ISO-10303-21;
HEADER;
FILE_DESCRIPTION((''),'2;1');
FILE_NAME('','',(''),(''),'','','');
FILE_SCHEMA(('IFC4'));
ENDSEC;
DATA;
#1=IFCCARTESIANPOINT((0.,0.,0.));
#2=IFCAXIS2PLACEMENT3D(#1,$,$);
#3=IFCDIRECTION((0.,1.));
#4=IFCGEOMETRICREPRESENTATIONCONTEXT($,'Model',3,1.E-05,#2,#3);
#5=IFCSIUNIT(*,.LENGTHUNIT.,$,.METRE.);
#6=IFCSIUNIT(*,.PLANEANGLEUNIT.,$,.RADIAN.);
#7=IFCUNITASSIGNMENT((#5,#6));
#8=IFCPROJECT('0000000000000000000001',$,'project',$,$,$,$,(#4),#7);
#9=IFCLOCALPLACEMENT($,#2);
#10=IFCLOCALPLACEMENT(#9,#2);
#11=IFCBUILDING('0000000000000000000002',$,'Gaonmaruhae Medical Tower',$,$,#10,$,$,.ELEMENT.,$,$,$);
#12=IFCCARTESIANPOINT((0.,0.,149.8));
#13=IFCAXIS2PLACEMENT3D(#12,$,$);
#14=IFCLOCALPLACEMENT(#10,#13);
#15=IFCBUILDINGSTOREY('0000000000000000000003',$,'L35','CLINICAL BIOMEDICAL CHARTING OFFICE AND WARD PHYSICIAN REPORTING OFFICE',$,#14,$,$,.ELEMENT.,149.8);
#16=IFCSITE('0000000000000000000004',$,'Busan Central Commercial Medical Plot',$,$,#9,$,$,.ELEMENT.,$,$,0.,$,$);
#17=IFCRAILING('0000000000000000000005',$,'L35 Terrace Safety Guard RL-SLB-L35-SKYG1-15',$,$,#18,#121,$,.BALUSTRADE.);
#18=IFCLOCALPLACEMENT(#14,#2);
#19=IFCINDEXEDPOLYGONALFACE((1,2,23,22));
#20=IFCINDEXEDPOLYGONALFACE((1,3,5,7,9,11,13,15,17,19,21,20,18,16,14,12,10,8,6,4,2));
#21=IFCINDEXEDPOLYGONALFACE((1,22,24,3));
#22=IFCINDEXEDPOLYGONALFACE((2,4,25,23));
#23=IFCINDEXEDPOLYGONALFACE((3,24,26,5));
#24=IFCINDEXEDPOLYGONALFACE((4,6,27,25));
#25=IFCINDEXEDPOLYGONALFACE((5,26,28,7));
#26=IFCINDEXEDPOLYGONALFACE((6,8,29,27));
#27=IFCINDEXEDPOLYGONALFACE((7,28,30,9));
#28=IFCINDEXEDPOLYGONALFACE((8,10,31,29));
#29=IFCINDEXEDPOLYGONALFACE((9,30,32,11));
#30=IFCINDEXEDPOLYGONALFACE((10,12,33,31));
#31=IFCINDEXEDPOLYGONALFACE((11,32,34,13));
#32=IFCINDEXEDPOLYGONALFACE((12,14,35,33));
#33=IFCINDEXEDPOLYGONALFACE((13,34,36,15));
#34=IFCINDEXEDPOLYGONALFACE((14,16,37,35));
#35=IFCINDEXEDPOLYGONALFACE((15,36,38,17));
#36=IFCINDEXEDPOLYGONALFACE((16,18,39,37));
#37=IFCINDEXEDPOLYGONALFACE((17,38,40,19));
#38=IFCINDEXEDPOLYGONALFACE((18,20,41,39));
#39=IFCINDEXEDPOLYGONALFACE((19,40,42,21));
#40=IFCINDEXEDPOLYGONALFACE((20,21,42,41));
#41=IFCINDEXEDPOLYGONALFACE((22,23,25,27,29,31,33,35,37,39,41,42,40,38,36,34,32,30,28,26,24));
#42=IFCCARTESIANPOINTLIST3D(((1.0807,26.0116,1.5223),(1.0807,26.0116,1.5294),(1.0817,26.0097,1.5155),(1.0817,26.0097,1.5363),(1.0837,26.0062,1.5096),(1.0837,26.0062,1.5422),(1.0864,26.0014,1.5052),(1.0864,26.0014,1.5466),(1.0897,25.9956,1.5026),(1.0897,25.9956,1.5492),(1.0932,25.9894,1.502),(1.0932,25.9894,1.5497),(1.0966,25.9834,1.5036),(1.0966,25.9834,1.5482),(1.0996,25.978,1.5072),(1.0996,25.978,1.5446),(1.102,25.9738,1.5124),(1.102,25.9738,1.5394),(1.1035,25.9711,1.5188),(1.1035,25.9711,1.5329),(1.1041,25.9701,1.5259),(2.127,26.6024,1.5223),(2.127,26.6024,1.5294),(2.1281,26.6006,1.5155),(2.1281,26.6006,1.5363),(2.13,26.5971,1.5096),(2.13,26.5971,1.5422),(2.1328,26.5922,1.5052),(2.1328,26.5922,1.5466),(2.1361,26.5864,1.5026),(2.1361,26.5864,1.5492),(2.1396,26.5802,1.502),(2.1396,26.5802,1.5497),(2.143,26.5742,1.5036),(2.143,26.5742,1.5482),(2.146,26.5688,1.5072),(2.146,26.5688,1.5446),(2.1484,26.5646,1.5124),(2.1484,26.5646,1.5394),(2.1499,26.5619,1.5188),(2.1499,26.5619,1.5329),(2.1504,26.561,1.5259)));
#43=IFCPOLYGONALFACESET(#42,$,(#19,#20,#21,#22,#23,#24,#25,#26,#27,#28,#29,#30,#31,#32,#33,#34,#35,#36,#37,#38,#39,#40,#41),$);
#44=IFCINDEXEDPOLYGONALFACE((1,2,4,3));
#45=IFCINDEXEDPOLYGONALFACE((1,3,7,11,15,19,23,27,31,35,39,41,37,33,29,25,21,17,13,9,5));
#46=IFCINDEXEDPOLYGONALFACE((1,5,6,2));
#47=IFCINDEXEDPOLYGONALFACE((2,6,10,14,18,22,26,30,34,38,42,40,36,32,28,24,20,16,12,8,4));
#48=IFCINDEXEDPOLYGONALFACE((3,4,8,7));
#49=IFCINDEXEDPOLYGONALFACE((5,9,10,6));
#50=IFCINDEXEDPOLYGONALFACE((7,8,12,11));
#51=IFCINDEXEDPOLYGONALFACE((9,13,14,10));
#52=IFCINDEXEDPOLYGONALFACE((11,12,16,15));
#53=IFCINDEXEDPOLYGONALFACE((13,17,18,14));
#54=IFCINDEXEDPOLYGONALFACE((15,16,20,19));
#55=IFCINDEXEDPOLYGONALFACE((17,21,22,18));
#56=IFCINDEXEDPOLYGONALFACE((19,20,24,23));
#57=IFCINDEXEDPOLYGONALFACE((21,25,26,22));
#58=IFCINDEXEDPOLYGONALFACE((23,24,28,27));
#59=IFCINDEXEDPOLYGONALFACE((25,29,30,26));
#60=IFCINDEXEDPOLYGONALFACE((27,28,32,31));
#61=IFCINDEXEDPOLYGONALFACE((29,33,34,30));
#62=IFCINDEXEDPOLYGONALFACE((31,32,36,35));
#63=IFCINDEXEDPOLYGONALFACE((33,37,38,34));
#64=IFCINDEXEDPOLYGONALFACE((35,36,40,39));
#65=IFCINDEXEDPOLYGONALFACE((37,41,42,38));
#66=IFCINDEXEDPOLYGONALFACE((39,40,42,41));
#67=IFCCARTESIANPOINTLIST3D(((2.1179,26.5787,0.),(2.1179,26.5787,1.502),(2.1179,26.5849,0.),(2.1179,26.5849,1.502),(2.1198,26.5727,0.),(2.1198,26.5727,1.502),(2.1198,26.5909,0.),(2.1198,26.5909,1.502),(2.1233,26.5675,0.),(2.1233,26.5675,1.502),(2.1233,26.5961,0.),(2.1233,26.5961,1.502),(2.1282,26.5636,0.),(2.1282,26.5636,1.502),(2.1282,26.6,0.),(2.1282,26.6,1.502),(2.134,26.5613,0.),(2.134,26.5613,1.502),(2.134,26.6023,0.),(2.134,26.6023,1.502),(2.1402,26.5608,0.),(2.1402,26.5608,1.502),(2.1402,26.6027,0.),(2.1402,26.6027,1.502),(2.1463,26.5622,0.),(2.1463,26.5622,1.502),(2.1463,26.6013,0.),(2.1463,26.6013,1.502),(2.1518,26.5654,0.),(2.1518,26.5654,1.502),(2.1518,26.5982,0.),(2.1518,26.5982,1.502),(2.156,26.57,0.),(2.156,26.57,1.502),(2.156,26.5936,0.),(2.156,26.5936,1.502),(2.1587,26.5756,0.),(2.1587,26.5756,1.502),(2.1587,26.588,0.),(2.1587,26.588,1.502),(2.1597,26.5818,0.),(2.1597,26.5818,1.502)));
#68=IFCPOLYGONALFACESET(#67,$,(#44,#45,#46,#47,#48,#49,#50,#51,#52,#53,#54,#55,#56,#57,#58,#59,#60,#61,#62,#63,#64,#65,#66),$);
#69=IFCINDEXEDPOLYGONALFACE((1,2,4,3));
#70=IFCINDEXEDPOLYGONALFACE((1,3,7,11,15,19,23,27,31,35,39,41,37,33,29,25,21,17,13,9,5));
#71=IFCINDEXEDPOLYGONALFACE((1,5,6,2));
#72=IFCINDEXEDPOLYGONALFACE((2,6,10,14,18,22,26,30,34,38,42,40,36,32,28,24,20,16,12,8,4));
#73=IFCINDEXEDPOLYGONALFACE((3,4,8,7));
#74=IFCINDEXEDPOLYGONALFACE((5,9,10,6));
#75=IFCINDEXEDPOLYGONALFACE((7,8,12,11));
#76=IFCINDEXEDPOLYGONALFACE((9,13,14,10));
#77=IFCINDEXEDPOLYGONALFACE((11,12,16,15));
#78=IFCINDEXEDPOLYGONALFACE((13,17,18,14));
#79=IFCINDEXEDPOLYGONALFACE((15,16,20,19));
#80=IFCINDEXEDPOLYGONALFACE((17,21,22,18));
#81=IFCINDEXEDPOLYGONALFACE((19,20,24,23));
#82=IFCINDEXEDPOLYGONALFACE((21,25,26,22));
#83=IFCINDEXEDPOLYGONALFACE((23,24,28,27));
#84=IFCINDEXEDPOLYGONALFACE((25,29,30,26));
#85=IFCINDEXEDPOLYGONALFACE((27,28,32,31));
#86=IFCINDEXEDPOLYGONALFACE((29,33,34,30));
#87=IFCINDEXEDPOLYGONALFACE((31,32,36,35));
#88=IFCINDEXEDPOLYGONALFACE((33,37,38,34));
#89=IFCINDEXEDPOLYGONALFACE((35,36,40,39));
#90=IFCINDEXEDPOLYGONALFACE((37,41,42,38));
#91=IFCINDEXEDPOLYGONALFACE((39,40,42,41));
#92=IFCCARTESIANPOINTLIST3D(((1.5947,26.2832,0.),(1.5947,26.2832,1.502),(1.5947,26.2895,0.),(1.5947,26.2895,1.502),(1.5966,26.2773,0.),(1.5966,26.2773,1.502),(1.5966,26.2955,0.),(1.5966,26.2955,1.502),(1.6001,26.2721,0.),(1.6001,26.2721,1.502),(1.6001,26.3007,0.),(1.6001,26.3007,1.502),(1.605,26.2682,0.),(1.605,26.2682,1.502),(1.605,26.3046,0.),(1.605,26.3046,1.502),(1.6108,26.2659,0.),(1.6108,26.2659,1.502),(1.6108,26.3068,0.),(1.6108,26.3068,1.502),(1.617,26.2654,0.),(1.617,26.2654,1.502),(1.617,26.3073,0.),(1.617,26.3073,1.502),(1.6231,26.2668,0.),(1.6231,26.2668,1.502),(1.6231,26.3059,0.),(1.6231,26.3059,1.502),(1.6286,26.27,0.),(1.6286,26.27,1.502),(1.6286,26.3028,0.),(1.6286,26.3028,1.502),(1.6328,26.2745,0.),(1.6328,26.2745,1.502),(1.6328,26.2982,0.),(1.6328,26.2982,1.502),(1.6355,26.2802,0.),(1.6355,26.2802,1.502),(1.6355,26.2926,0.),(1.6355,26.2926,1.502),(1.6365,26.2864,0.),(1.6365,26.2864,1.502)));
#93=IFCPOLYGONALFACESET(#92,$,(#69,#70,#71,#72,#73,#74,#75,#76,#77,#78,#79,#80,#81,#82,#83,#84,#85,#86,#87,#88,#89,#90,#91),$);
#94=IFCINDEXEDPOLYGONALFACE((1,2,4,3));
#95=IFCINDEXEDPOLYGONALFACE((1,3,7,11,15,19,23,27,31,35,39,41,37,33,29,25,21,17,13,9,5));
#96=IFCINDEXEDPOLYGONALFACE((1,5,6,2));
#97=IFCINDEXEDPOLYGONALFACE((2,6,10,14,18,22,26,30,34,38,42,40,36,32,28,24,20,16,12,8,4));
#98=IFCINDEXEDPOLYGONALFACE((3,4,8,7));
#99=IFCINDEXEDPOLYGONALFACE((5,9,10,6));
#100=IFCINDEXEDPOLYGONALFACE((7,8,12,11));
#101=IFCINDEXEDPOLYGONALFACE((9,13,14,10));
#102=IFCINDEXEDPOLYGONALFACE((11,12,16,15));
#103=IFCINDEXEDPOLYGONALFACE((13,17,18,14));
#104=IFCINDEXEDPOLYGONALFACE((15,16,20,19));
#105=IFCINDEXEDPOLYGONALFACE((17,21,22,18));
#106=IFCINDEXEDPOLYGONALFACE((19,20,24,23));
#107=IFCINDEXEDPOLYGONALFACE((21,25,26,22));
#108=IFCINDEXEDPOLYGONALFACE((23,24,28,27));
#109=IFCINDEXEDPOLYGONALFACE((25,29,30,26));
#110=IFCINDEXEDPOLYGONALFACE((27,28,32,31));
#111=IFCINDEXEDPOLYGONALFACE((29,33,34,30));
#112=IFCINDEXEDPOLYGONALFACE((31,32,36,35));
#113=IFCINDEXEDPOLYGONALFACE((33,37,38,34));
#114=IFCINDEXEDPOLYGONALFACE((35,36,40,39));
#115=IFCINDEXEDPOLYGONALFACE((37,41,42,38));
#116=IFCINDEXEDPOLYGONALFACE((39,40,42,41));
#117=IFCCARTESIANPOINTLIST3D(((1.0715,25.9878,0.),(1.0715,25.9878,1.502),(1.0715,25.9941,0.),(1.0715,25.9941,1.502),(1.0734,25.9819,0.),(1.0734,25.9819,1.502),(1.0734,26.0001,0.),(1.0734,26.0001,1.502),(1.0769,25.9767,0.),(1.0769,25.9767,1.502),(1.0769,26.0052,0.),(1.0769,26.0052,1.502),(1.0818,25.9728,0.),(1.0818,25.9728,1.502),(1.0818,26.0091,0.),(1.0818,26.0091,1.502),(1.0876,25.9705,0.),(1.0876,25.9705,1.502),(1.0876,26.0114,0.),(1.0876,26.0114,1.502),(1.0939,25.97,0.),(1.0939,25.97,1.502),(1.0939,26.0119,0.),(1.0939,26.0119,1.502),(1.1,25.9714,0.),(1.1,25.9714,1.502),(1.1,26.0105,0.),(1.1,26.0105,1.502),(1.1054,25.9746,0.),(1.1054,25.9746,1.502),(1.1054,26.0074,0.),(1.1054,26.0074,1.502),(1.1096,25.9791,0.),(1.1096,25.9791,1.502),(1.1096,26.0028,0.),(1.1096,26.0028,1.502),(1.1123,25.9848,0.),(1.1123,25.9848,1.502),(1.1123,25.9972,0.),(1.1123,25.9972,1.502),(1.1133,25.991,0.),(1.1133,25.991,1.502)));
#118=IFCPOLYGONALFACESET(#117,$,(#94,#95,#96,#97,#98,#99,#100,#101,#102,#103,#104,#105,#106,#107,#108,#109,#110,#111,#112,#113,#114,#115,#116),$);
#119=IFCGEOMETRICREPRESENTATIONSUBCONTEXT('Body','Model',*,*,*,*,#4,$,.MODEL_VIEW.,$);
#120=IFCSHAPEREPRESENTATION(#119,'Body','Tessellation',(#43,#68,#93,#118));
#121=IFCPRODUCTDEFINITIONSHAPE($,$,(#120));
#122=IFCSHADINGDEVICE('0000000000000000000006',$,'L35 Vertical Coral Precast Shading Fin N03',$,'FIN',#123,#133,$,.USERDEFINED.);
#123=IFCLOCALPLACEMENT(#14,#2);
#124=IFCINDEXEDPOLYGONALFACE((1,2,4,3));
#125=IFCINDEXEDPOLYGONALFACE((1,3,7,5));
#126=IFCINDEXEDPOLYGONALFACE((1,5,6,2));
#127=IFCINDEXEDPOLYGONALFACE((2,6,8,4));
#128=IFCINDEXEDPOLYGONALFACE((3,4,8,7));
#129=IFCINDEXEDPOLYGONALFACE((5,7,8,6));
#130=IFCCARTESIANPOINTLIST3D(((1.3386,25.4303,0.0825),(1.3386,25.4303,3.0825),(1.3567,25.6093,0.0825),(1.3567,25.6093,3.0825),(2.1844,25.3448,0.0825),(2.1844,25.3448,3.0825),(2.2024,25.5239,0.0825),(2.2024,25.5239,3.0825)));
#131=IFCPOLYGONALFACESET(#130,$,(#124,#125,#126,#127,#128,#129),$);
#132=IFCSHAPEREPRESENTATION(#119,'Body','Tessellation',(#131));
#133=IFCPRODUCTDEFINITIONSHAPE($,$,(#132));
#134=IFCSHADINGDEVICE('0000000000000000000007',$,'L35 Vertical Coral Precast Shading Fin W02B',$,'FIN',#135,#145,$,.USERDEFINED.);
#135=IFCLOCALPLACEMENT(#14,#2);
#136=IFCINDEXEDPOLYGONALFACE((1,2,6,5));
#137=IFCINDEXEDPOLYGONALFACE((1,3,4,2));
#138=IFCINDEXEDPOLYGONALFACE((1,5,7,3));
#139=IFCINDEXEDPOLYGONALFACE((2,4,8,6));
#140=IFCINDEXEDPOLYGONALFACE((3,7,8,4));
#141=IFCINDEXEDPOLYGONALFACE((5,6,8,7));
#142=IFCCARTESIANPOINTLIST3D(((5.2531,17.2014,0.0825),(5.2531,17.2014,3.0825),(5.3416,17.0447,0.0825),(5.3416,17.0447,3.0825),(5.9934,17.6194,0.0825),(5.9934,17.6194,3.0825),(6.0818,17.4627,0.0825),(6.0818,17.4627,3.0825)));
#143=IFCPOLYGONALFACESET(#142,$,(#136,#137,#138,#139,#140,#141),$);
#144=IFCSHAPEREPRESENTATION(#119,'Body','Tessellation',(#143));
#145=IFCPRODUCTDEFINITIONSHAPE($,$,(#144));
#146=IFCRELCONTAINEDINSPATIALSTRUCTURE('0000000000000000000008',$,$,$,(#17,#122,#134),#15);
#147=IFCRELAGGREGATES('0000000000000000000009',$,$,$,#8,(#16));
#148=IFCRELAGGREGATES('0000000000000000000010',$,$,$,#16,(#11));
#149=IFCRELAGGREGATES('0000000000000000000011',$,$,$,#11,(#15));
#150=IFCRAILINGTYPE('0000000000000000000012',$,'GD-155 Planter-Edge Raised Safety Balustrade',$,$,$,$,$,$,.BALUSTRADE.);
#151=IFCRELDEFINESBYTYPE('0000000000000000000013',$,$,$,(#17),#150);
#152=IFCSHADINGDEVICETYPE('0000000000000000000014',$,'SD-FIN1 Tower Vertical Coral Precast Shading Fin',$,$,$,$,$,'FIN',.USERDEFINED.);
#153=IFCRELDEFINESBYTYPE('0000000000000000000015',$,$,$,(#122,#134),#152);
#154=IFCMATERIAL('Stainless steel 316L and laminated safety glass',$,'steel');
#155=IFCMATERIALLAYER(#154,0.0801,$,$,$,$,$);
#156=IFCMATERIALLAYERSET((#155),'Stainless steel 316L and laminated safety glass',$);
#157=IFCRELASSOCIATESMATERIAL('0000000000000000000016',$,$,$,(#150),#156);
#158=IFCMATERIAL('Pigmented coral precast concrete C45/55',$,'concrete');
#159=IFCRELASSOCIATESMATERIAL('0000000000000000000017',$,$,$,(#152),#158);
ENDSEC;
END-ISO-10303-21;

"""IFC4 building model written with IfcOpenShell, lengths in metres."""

from ifc_helpers import new_model, si_unit, direction, frame, origin, origin_2d, place, context, subcontext, project, spatial, rectangle, circle, extrude, material, layer, layer_set, type_object, element, save


model = new_model("IFC4")

# Units and contexts
model_context = context("Model", 3, precision=1e-05, world=origin(), true_north=direction((0.0, 1.0)))
body_context = subcontext(model_context, "Body", "Model", "MODEL_VIEW")
ifc_project = project(units=[si_unit("LENGTHUNIT", "METRE"), si_unit("PLANEANGLEUNIT", "RADIAN")], contexts=[model_context])

# Site, building, storey
site_placement = place(None, origin())
site = spatial("IfcSite", under=ifc_project, at=site_placement, Name="Busan Central Commercial Medical Plot", CompositionType="ELEMENT", RefElevation=0.0)
building_placement = place(site_placement, origin())
building = spatial("IfcBuilding", under=site, at=building_placement, Name="Gaonmaruhae Medical Tower", CompositionType="ELEMENT")
storey_placement = place(building_placement, frame((0.0, 0.0, 149.8)))
storey = spatial("IfcBuildingStorey", under=building, at=storey_placement, Name="L35", Description="CLINICAL BIOMEDICAL CHARTING OFFICE AND WARD PHYSICIAN REPORTING OFFICE", CompositionType="ELEMENT", Elevation=149.8)

# Railing
ifc_material_1 = material(Name="Stainless steel 316L and laminated safety glass", Category="steel")
ifc_layer_1 = layer(ifc_material_1, 0.0801)
ifc_layer_set_1 = layer_set([ifc_layer_1], Name="Stainless steel 316L and laminated safety glass")
railing_type = type_object("IfcRailingType", Name="GD-155 Planter-Edge Raised Safety Balustrade", PredefinedType="BALUSTRADE", material=ifc_layer_set_1)
railing_1_placement = place(storey_placement, frame((2.1387, 26.5818, 0.0)))
element("IfcRailing", 1, at=railing_1_placement, inside=storey, type_object=railing_type, Name="L35 Terrace Safety Guard RL-SLB-L35-SKYG1-15", PredefinedType="BALUSTRADE", context=body_context, shape_type="SweptSolid", body=[
    extrude(circle(Radius=0.0239, at=origin_2d()), frame((0.0, 0.0, 1.5259), z_axis=(-0.870782, -0.491669, 0.0), x_axis=(0.491669, -0.870782, 0.0)), (0.0, 0.0, 1.0), 1.2017),
    extrude(circle(Radius=0.021, at=origin_2d()), origin(), (0.0, 0.0, 1.0), 1.502),
    extrude(circle(Radius=0.021, at=origin_2d()), frame((-0.5232, -0.2954, 0.0)), (0.0, 0.0, 1.0), 1.502),
    extrude(circle(Radius=0.021, at=origin_2d()), frame((-1.0464, -0.5908, 0.0)), (0.0, 0.0, 1.0), 1.502),
])

# Shading devices
ifc_material_2 = material(Name="Pigmented coral precast concrete C45/55", Category="concrete")
shading_device_type = type_object("IfcShadingDeviceType", Name="SD-FIN1 Tower Vertical Coral Precast Shading Fin", ElementType="FIN", PredefinedType="USERDEFINED", material=ifc_material_2)
for number, where, z_axis, x_axis, name in (
    (2, (1.7705, 25.4771, 0.0825), (0.0, 0.0, 1.0), (0.100483, 0.994939, 0.0), "L35 Vertical Coral Precast Shading Fin N03"),
    (3, (5.6675, 17.332, 0.0825), (0.0, 0.0, 1.0), (-0.491664, 0.870785, 0.0), "L35 Vertical Coral Precast Shading Fin W02B"),
):
    element("IfcShadingDevice", number, at=place(storey_placement, frame(where, z_axis=z_axis, x_axis=x_axis)), inside=storey, type_object=shading_device_type, Name=name, ObjectType="FIN", PredefinedType="USERDEFINED", context=body_context, shape_type="SweptSolid", body=[
        extrude(rectangle(XDim=0.1799, YDim=0.8501, at=origin_2d()), origin(), (0.0, 0.0, 1.0), 3.0),
    ])

save(model, "model.ifc")
